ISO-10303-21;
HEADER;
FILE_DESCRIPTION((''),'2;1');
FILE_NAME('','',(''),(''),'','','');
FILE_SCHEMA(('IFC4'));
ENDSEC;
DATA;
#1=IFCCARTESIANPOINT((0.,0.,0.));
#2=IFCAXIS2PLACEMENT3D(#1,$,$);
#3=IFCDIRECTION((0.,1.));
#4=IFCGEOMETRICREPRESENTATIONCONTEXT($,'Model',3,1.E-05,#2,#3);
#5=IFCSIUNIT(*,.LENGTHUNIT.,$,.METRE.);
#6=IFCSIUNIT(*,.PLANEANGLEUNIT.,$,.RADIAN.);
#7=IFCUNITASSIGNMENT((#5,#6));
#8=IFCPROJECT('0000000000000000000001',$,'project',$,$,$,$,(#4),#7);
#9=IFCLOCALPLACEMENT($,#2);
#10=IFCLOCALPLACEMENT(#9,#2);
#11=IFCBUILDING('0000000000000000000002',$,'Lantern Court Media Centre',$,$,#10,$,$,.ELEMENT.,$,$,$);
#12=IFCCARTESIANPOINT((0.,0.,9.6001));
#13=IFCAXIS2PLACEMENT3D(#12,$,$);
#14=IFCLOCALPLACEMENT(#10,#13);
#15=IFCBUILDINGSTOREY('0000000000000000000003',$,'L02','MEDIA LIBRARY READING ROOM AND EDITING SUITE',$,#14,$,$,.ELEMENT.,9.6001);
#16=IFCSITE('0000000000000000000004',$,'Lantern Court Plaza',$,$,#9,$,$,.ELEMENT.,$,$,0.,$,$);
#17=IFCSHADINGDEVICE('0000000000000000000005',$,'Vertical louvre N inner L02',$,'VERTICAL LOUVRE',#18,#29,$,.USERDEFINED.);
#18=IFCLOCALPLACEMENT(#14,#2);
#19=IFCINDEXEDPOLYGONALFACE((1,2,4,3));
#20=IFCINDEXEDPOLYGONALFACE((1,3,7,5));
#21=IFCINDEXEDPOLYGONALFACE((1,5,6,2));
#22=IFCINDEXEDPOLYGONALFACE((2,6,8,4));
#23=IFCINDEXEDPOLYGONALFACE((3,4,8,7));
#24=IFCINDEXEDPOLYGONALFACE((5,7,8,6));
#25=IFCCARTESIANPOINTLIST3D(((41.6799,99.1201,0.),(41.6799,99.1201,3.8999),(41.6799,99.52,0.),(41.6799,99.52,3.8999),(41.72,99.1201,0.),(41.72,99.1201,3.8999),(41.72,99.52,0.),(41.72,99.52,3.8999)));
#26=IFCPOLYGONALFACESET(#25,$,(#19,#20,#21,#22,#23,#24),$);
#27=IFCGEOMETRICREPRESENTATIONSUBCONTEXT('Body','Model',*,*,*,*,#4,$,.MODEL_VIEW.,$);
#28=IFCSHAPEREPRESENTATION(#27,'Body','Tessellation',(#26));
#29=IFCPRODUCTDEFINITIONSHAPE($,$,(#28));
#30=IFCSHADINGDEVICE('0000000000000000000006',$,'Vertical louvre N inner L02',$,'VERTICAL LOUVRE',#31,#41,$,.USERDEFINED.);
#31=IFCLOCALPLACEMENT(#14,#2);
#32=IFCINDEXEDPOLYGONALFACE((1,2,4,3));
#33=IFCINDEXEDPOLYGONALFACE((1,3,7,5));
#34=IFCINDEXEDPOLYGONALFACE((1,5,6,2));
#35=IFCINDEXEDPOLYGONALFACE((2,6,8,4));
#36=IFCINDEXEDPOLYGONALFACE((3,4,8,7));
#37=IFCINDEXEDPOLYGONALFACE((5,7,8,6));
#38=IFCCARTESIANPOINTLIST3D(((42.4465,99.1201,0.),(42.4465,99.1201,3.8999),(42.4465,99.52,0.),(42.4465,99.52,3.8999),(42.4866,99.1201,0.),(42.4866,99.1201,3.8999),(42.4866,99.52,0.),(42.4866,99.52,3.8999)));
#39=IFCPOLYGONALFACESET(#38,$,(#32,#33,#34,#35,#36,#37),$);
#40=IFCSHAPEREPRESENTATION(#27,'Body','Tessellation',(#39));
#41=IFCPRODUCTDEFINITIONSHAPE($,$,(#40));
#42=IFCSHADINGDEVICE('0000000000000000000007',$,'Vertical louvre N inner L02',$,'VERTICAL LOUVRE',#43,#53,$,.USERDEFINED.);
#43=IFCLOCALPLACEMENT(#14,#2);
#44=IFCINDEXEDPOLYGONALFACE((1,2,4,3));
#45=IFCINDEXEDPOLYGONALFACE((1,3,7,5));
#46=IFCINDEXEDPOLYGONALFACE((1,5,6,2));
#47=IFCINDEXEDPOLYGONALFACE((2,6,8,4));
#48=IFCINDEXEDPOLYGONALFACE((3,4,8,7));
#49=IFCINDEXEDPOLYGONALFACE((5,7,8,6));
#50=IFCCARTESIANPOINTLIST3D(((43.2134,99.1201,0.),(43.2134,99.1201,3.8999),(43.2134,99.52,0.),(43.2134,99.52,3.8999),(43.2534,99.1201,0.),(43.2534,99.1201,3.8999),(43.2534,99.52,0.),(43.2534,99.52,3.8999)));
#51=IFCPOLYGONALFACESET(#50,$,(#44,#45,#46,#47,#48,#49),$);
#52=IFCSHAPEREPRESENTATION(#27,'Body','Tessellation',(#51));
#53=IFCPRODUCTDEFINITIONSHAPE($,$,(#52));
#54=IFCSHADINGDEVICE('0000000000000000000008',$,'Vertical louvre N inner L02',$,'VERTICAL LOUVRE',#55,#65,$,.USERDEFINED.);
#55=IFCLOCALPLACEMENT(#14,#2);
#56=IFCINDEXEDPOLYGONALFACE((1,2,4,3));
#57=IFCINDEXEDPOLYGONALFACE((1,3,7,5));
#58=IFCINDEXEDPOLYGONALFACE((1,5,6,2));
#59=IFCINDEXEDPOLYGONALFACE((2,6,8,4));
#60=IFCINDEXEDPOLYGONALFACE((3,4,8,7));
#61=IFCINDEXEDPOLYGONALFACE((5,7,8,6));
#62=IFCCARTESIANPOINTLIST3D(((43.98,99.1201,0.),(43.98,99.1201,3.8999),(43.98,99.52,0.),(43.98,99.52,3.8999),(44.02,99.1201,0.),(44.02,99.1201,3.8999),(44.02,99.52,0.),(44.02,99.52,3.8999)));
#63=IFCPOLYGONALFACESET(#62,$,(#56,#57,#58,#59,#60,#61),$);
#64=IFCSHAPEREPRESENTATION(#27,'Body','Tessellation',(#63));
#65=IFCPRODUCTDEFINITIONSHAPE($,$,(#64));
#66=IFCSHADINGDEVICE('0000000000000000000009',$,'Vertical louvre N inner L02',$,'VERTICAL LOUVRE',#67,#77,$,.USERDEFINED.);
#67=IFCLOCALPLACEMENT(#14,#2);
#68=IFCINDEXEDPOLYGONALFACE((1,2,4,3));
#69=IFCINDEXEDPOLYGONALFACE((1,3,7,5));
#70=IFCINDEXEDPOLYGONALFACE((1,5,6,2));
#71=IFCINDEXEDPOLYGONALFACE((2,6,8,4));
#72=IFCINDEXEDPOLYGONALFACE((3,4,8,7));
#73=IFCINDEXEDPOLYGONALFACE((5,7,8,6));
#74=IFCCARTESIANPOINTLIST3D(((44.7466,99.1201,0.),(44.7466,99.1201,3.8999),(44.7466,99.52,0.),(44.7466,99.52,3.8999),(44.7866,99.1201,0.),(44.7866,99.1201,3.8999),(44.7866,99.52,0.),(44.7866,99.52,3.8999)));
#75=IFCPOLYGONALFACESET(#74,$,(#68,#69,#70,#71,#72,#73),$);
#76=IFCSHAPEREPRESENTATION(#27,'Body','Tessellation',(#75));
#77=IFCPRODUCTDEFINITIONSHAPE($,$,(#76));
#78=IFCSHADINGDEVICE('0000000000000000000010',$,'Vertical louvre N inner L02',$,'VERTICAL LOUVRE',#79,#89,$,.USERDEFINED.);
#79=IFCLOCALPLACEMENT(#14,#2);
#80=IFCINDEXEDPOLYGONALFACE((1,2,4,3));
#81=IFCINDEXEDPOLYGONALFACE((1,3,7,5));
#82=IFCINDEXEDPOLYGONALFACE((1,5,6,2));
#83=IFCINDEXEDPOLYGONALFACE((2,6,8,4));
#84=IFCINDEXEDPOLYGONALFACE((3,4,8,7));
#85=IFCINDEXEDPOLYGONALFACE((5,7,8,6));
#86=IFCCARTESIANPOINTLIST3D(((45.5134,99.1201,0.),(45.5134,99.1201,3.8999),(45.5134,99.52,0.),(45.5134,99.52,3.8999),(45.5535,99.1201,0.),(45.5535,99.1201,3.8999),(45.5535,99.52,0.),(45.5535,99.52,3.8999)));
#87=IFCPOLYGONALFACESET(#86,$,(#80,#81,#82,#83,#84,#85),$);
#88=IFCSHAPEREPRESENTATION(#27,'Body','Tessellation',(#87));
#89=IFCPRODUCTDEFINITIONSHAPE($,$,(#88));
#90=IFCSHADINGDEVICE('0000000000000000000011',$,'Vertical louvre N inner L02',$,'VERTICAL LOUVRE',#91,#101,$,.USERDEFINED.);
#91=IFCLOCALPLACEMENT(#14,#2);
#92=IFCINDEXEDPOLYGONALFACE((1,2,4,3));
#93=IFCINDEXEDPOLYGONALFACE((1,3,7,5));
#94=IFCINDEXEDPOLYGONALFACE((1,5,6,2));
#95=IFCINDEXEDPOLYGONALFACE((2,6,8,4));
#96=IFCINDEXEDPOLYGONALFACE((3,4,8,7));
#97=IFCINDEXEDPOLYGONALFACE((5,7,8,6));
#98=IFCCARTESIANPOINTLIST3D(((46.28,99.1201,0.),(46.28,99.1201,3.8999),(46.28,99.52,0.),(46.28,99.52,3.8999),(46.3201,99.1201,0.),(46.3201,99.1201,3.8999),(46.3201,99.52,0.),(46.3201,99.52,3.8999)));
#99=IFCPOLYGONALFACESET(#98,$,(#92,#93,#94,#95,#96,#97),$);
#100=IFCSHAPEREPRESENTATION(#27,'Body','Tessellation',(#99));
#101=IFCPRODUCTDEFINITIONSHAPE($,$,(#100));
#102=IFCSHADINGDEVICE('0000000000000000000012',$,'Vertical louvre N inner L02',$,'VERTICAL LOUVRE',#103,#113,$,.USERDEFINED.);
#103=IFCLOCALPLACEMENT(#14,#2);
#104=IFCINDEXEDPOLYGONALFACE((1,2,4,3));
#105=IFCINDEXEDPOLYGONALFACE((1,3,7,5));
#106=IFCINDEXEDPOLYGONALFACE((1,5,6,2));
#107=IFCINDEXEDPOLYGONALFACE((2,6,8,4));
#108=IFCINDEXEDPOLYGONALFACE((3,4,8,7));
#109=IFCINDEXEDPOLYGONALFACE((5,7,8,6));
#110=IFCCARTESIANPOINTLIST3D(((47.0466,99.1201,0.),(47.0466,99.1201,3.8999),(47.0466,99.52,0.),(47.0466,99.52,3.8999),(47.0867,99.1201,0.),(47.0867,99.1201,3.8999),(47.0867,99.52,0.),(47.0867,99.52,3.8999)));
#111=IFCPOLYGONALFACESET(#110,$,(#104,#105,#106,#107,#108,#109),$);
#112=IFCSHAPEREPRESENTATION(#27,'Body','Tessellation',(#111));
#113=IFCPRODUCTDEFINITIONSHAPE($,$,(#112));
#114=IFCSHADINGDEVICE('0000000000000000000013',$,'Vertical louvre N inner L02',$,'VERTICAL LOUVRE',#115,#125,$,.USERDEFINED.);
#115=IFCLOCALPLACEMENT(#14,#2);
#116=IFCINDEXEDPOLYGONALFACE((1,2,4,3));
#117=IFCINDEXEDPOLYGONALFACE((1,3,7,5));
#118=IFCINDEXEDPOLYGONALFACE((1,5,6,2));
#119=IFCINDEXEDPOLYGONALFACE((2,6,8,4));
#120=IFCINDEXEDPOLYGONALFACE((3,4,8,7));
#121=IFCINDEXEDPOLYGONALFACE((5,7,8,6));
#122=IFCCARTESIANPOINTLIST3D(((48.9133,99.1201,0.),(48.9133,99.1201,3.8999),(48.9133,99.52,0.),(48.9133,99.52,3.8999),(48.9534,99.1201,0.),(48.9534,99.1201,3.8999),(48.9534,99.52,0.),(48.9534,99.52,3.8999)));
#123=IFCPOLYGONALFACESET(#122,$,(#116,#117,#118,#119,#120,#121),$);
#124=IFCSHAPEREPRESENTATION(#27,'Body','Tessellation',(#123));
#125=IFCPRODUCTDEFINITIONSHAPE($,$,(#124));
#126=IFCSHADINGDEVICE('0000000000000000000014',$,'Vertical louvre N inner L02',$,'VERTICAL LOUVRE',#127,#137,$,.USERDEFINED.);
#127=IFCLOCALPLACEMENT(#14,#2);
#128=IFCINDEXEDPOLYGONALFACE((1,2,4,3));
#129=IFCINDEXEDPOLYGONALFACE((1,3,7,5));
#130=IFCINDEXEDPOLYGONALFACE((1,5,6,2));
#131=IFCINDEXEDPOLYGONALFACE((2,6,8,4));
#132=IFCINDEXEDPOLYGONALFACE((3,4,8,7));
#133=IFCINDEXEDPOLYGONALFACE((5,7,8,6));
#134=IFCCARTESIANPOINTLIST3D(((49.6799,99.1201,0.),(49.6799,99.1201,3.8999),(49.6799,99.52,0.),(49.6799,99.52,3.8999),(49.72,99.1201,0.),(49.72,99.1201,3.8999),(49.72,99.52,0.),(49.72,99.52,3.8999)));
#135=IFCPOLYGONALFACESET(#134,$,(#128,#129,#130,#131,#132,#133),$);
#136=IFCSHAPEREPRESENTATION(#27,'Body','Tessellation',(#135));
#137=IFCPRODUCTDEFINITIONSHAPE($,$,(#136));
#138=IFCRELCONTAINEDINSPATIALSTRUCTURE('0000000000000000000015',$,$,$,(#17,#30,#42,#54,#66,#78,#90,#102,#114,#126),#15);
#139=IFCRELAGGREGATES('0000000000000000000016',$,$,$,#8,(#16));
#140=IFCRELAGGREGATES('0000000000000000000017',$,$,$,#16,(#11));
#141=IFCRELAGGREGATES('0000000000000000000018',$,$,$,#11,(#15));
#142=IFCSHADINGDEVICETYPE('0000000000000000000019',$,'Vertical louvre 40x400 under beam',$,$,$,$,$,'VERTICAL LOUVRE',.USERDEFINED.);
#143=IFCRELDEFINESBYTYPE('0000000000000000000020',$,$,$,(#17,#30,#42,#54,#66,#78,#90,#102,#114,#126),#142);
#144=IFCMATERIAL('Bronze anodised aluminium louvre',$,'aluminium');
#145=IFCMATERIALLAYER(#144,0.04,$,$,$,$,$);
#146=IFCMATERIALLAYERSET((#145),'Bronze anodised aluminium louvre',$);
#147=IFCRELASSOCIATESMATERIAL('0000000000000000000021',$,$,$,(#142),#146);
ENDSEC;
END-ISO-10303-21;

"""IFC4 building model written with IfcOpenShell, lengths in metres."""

from ifc_helpers import new_model, si_unit, direction, frame, origin, origin_2d, place, context, subcontext, project, spatial, rectangle, extrude, material, layer, layer_set, type_object, element, save


model = new_model("IFC4")

# Units and contexts
model_context = context("Model", 3, precision=1e-05, world=origin(), true_north=direction((0.0, 1.0)))
body_context = subcontext(model_context, "Body", "Model", "MODEL_VIEW")
ifc_project = project(units=[si_unit("LENGTHUNIT", "METRE"), si_unit("PLANEANGLEUNIT", "RADIAN")], contexts=[model_context])

# Site, building, storey
site_placement = place(None, origin())
site = spatial("IfcSite", under=ifc_project, at=site_placement, Name="Lantern Court Plaza", CompositionType="ELEMENT", RefElevation=0.0)
building_placement = place(site_placement, origin())
building = spatial("IfcBuilding", under=site, at=building_placement, Name="Lantern Court Media Centre", CompositionType="ELEMENT")
storey_placement = place(building_placement, frame((0.0, 0.0, 9.6001)))
storey = spatial("IfcBuildingStorey", under=building, at=storey_placement, Name="L02", Description="MEDIA LIBRARY READING ROOM AND EDITING SUITE", CompositionType="ELEMENT", Elevation=9.6001)

# Shading devices
ifc_material_1 = material(Name="Bronze anodised aluminium louvre", Category="aluminium")
ifc_layer = layer(ifc_material_1, 0.04)
ifc_layer_set = layer_set([ifc_layer], Name="Bronze anodised aluminium louvre")
shading_device_type = type_object("IfcShadingDeviceType", Name="Vertical louvre 40x400 under beam", ElementType="VERTICAL LOUVRE", PredefinedType="USERDEFINED", material=ifc_layer_set)
for number, where, z_axis, x_axis, name in (
    (1, (41.7, 99.3201, 0.0), (0.0, 0.0, 1.0), (1.0, 0.0, 0.0), "Vertical louvre N inner L02"),
    (2, (42.4666, 99.3201, 0.0), (0.0, 0.0, 1.0), (1.0, 0.0, 0.0), "Vertical louvre N inner L02"),
    (3, (43.2334, 99.3201, 0.0), (0.0, 0.0, 1.0), (1.0, 0.0, 0.0), "Vertical louvre N inner L02"),
    (4, (44.0, 99.3201, 0.0), (0.0, 0.0, 1.0), (1.0, 0.0, 0.0), "Vertical louvre N inner L02"),
    (5, (44.7666, 99.3201, 0.0), (0.0, 0.0, 1.0), (1.0, 0.0, 0.0), "Vertical louvre N inner L02"),
    (6, (45.5334, 99.3201, 0.0), (0.0, 0.0, 1.0), (1.0, 0.0, 0.0), "Vertical louvre N inner L02"),
    (7, (46.3, 99.3201, 0.0), (0.0, 0.0, 1.0), (1.0, 0.0, 0.0), "Vertical louvre N inner L02"),
    (8, (47.0667, 99.3201, 0.0), (0.0, 0.0, 1.0), (1.0, 0.0, 0.0), "Vertical louvre N inner L02"),
    (9, (48.9333, 99.3201, 0.0), (0.0, 0.0, 1.0), (1.0, 0.0, 0.0), "Vertical louvre N inner L02"),
    (10, (49.7, 99.3201, 0.0), (0.0, 0.0, 1.0), (1.0, 0.0, 0.0), "Vertical louvre N inner L02"),
):
    element("IfcShadingDevice", number, at=place(storey_placement, frame(where, z_axis=z_axis, x_axis=x_axis)), inside=storey, type_object=shading_device_type, Name=name, ObjectType="VERTICAL LOUVRE", PredefinedType="USERDEFINED", context=body_context, shape_type="SweptSolid", body=[
        extrude(rectangle(XDim=0.04, YDim=0.3999, at=origin_2d()), origin(), (0.0, 0.0, 1.0), 3.8999),
    ])

save(model, "model.ifc")
